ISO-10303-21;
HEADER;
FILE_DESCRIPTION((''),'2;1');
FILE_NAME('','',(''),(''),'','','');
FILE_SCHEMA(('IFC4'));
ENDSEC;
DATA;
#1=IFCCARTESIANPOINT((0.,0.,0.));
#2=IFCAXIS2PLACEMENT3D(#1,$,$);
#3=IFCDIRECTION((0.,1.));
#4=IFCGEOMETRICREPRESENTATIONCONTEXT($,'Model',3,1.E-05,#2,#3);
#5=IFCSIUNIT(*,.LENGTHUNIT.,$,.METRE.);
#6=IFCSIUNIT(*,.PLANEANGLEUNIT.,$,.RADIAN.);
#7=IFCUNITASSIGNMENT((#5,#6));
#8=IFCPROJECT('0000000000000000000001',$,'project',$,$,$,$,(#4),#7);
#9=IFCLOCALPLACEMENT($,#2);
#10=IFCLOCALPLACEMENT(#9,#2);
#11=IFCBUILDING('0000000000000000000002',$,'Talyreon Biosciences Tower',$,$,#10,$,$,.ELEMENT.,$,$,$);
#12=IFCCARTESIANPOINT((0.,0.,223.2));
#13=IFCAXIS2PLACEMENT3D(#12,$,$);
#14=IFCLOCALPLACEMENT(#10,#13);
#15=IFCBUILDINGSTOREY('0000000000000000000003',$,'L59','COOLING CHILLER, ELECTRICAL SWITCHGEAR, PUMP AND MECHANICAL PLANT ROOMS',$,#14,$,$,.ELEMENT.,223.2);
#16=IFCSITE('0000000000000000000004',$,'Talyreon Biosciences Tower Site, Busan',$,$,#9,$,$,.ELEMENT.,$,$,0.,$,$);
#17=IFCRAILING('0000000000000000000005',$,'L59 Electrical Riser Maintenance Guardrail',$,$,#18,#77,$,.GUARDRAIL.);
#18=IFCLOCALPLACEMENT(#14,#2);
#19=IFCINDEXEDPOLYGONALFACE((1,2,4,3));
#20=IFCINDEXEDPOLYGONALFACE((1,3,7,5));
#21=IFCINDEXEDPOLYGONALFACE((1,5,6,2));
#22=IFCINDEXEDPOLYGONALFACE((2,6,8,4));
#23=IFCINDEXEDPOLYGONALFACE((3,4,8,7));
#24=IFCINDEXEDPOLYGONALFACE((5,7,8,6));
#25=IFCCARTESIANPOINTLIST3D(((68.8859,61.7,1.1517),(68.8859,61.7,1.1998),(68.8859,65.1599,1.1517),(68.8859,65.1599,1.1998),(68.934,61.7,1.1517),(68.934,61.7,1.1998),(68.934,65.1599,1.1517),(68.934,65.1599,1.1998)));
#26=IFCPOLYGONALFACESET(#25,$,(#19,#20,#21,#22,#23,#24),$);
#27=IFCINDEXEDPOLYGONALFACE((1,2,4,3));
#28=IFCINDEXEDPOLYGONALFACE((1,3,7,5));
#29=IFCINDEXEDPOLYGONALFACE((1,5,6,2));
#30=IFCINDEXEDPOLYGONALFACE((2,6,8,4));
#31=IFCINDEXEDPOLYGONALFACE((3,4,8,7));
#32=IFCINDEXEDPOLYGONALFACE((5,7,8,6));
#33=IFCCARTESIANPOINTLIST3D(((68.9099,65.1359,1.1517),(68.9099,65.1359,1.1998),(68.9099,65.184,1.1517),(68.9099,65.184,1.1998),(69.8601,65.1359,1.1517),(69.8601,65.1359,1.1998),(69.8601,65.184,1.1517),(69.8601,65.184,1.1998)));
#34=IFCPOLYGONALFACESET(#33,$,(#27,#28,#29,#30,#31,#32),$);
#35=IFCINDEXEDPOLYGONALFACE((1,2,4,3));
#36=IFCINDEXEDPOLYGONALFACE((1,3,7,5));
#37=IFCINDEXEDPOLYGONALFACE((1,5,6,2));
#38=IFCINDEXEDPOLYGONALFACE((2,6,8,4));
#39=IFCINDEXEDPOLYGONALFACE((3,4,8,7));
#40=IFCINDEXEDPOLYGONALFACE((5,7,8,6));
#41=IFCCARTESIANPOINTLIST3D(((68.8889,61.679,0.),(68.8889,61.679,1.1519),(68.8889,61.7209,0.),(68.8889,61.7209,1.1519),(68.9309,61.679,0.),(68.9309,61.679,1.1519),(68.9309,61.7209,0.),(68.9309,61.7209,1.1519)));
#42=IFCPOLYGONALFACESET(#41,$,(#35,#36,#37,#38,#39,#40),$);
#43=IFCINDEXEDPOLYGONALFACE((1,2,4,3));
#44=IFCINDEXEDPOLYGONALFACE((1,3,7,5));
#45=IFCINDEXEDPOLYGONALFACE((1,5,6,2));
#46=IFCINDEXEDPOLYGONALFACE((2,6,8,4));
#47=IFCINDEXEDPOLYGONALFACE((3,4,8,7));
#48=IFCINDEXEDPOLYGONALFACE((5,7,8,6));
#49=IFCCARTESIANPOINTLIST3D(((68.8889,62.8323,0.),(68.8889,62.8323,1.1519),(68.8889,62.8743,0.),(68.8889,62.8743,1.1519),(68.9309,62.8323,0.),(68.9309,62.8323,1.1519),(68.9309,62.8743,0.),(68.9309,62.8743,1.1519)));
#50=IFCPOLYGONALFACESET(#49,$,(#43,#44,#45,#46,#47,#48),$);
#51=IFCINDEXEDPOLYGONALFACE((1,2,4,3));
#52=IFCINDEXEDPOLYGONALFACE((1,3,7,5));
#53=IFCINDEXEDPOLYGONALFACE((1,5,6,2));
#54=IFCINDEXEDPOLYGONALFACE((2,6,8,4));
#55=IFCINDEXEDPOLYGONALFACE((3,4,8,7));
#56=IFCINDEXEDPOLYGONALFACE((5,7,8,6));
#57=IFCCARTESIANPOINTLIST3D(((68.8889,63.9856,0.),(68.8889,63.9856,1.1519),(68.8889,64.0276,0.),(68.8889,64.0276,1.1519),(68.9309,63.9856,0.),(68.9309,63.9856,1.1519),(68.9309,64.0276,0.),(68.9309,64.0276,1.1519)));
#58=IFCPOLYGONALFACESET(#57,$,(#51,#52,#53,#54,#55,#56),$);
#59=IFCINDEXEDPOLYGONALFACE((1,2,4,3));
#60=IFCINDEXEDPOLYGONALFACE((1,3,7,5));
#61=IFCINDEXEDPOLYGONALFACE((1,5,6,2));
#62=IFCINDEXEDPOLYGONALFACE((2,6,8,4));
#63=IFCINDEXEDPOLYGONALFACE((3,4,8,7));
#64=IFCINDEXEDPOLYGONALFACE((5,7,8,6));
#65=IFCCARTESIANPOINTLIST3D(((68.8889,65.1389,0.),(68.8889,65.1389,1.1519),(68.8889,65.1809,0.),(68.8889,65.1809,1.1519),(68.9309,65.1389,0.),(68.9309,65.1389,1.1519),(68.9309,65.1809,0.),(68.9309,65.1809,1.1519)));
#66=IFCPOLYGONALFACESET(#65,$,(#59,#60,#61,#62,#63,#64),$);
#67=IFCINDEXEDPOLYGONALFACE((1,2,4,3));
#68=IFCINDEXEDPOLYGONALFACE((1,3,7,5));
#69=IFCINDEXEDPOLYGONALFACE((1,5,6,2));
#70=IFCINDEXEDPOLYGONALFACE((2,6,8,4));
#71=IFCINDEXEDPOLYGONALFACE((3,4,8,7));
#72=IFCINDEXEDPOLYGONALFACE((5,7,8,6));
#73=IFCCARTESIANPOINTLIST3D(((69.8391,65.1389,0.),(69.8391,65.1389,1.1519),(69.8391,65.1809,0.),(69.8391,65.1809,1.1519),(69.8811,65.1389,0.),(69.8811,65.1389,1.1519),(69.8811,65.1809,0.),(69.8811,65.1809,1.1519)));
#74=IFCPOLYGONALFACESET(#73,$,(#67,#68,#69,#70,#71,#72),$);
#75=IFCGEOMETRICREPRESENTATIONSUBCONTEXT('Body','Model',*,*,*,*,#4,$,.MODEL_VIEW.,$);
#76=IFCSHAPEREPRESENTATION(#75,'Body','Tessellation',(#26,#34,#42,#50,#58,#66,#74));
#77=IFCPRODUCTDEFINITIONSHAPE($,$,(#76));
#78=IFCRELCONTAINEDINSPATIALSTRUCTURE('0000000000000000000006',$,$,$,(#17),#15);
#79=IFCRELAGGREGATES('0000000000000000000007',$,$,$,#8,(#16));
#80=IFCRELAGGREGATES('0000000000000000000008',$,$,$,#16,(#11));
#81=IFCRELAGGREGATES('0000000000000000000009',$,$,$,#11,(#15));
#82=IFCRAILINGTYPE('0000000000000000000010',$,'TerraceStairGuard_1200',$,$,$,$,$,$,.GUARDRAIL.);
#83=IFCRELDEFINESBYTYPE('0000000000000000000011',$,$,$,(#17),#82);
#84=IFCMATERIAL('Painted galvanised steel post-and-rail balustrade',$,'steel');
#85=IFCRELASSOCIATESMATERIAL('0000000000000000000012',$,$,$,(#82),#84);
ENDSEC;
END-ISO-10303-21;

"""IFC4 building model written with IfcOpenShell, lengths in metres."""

from ifc_helpers import new_model, si_unit, direction, frame, origin, origin_2d, place, context, subcontext, project, spatial, rectangle, extrude, material, type_object, element, save


model = new_model("IFC4")

# Units and contexts
model_context = context("Model", 3, precision=1e-05, world=origin(), true_north=direction((0.0, 1.0)))
body_context = subcontext(model_context, "Body", "Model", "MODEL_VIEW")
ifc_project = project(units=[si_unit("LENGTHUNIT", "METRE"), si_unit("PLANEANGLEUNIT", "RADIAN")], contexts=[model_context])

# Site, building, storey
site_placement = place(None, origin())
site = spatial("IfcSite", under=ifc_project, at=site_placement, Name="Talyreon Biosciences Tower Site, Busan", CompositionType="ELEMENT", RefElevation=0.0)
building_placement = place(site_placement, origin())
building = spatial("IfcBuilding", under=site, at=building_placement, Name="Talyreon Biosciences Tower", CompositionType="ELEMENT")
storey_placement = place(building_placement, frame((0.0, 0.0, 223.2)))
storey = spatial("IfcBuildingStorey", under=building, at=storey_placement, Name="L59", Description="COOLING CHILLER, ELECTRICAL SWITCHGEAR, PUMP AND MECHANICAL PLANT ROOMS", CompositionType="ELEMENT", Elevation=223.2)

# Railing
ifc_material_1 = material(Name="Painted galvanised steel post-and-rail balustrade", Category="steel")
railing_type_1 = type_object("IfcRailingType", Name="TerraceStairGuard_1200", PredefinedType="GUARDRAIL", material=ifc_material_1)
railing_1_placement = place(storey_placement, frame((68.9099, 61.7, 0.0)))
element("IfcRailing", 1, at=railing_1_placement, inside=storey, type_object=railing_type_1, Name="L59 Electrical Riser Maintenance Guardrail", PredefinedType="GUARDRAIL", context=body_context, shape_type="SweptSolid", body=[
    extrude(rectangle(XDim=0.0481, YDim=0.0481, at=origin_2d()), frame((0.0, 0.0, 1.1758), z_axis=(0.0, 1.0, 0.0), x_axis=(-1.0, 0.0, 0.0)), (0.0, 0.0, 1.0), 3.46),
    extrude(rectangle(XDim=0.0481, YDim=0.0481, at=origin_2d()), frame((0.0, 3.46, 1.1758), z_axis=(1.0, 0.0, 0.0), x_axis=(0.0, 1.0, 0.0)), (0.0, 0.0, 1.0), 0.9502),
    extrude(rectangle(XDim=0.042, YDim=0.042, at=origin_2d()), origin(), (0.0, 0.0, 1.0), 1.1519),
    extrude(rectangle(XDim=0.042, YDim=0.042, at=origin_2d()), frame((0.0, 1.1533, 0.0)), (0.0, 0.0, 1.0), 1.1519),
    extrude(rectangle(XDim=0.042, YDim=0.042, at=origin_2d()), frame((0.0, 2.3066, 0.0)), (0.0, 0.0, 1.0), 1.1519),
    extrude(rectangle(XDim=0.042, YDim=0.042, at=origin_2d()), frame((0.0, 3.46, 0.0)), (0.0, 0.0, 1.0), 1.1519),
    extrude(rectangle(XDim=0.042, YDim=0.042, at=origin_2d()), frame((0.9502, 3.46, 0.0)), (0.0, 0.0, 1.0), 1.1519),
])

save(model, "model.ifc")
